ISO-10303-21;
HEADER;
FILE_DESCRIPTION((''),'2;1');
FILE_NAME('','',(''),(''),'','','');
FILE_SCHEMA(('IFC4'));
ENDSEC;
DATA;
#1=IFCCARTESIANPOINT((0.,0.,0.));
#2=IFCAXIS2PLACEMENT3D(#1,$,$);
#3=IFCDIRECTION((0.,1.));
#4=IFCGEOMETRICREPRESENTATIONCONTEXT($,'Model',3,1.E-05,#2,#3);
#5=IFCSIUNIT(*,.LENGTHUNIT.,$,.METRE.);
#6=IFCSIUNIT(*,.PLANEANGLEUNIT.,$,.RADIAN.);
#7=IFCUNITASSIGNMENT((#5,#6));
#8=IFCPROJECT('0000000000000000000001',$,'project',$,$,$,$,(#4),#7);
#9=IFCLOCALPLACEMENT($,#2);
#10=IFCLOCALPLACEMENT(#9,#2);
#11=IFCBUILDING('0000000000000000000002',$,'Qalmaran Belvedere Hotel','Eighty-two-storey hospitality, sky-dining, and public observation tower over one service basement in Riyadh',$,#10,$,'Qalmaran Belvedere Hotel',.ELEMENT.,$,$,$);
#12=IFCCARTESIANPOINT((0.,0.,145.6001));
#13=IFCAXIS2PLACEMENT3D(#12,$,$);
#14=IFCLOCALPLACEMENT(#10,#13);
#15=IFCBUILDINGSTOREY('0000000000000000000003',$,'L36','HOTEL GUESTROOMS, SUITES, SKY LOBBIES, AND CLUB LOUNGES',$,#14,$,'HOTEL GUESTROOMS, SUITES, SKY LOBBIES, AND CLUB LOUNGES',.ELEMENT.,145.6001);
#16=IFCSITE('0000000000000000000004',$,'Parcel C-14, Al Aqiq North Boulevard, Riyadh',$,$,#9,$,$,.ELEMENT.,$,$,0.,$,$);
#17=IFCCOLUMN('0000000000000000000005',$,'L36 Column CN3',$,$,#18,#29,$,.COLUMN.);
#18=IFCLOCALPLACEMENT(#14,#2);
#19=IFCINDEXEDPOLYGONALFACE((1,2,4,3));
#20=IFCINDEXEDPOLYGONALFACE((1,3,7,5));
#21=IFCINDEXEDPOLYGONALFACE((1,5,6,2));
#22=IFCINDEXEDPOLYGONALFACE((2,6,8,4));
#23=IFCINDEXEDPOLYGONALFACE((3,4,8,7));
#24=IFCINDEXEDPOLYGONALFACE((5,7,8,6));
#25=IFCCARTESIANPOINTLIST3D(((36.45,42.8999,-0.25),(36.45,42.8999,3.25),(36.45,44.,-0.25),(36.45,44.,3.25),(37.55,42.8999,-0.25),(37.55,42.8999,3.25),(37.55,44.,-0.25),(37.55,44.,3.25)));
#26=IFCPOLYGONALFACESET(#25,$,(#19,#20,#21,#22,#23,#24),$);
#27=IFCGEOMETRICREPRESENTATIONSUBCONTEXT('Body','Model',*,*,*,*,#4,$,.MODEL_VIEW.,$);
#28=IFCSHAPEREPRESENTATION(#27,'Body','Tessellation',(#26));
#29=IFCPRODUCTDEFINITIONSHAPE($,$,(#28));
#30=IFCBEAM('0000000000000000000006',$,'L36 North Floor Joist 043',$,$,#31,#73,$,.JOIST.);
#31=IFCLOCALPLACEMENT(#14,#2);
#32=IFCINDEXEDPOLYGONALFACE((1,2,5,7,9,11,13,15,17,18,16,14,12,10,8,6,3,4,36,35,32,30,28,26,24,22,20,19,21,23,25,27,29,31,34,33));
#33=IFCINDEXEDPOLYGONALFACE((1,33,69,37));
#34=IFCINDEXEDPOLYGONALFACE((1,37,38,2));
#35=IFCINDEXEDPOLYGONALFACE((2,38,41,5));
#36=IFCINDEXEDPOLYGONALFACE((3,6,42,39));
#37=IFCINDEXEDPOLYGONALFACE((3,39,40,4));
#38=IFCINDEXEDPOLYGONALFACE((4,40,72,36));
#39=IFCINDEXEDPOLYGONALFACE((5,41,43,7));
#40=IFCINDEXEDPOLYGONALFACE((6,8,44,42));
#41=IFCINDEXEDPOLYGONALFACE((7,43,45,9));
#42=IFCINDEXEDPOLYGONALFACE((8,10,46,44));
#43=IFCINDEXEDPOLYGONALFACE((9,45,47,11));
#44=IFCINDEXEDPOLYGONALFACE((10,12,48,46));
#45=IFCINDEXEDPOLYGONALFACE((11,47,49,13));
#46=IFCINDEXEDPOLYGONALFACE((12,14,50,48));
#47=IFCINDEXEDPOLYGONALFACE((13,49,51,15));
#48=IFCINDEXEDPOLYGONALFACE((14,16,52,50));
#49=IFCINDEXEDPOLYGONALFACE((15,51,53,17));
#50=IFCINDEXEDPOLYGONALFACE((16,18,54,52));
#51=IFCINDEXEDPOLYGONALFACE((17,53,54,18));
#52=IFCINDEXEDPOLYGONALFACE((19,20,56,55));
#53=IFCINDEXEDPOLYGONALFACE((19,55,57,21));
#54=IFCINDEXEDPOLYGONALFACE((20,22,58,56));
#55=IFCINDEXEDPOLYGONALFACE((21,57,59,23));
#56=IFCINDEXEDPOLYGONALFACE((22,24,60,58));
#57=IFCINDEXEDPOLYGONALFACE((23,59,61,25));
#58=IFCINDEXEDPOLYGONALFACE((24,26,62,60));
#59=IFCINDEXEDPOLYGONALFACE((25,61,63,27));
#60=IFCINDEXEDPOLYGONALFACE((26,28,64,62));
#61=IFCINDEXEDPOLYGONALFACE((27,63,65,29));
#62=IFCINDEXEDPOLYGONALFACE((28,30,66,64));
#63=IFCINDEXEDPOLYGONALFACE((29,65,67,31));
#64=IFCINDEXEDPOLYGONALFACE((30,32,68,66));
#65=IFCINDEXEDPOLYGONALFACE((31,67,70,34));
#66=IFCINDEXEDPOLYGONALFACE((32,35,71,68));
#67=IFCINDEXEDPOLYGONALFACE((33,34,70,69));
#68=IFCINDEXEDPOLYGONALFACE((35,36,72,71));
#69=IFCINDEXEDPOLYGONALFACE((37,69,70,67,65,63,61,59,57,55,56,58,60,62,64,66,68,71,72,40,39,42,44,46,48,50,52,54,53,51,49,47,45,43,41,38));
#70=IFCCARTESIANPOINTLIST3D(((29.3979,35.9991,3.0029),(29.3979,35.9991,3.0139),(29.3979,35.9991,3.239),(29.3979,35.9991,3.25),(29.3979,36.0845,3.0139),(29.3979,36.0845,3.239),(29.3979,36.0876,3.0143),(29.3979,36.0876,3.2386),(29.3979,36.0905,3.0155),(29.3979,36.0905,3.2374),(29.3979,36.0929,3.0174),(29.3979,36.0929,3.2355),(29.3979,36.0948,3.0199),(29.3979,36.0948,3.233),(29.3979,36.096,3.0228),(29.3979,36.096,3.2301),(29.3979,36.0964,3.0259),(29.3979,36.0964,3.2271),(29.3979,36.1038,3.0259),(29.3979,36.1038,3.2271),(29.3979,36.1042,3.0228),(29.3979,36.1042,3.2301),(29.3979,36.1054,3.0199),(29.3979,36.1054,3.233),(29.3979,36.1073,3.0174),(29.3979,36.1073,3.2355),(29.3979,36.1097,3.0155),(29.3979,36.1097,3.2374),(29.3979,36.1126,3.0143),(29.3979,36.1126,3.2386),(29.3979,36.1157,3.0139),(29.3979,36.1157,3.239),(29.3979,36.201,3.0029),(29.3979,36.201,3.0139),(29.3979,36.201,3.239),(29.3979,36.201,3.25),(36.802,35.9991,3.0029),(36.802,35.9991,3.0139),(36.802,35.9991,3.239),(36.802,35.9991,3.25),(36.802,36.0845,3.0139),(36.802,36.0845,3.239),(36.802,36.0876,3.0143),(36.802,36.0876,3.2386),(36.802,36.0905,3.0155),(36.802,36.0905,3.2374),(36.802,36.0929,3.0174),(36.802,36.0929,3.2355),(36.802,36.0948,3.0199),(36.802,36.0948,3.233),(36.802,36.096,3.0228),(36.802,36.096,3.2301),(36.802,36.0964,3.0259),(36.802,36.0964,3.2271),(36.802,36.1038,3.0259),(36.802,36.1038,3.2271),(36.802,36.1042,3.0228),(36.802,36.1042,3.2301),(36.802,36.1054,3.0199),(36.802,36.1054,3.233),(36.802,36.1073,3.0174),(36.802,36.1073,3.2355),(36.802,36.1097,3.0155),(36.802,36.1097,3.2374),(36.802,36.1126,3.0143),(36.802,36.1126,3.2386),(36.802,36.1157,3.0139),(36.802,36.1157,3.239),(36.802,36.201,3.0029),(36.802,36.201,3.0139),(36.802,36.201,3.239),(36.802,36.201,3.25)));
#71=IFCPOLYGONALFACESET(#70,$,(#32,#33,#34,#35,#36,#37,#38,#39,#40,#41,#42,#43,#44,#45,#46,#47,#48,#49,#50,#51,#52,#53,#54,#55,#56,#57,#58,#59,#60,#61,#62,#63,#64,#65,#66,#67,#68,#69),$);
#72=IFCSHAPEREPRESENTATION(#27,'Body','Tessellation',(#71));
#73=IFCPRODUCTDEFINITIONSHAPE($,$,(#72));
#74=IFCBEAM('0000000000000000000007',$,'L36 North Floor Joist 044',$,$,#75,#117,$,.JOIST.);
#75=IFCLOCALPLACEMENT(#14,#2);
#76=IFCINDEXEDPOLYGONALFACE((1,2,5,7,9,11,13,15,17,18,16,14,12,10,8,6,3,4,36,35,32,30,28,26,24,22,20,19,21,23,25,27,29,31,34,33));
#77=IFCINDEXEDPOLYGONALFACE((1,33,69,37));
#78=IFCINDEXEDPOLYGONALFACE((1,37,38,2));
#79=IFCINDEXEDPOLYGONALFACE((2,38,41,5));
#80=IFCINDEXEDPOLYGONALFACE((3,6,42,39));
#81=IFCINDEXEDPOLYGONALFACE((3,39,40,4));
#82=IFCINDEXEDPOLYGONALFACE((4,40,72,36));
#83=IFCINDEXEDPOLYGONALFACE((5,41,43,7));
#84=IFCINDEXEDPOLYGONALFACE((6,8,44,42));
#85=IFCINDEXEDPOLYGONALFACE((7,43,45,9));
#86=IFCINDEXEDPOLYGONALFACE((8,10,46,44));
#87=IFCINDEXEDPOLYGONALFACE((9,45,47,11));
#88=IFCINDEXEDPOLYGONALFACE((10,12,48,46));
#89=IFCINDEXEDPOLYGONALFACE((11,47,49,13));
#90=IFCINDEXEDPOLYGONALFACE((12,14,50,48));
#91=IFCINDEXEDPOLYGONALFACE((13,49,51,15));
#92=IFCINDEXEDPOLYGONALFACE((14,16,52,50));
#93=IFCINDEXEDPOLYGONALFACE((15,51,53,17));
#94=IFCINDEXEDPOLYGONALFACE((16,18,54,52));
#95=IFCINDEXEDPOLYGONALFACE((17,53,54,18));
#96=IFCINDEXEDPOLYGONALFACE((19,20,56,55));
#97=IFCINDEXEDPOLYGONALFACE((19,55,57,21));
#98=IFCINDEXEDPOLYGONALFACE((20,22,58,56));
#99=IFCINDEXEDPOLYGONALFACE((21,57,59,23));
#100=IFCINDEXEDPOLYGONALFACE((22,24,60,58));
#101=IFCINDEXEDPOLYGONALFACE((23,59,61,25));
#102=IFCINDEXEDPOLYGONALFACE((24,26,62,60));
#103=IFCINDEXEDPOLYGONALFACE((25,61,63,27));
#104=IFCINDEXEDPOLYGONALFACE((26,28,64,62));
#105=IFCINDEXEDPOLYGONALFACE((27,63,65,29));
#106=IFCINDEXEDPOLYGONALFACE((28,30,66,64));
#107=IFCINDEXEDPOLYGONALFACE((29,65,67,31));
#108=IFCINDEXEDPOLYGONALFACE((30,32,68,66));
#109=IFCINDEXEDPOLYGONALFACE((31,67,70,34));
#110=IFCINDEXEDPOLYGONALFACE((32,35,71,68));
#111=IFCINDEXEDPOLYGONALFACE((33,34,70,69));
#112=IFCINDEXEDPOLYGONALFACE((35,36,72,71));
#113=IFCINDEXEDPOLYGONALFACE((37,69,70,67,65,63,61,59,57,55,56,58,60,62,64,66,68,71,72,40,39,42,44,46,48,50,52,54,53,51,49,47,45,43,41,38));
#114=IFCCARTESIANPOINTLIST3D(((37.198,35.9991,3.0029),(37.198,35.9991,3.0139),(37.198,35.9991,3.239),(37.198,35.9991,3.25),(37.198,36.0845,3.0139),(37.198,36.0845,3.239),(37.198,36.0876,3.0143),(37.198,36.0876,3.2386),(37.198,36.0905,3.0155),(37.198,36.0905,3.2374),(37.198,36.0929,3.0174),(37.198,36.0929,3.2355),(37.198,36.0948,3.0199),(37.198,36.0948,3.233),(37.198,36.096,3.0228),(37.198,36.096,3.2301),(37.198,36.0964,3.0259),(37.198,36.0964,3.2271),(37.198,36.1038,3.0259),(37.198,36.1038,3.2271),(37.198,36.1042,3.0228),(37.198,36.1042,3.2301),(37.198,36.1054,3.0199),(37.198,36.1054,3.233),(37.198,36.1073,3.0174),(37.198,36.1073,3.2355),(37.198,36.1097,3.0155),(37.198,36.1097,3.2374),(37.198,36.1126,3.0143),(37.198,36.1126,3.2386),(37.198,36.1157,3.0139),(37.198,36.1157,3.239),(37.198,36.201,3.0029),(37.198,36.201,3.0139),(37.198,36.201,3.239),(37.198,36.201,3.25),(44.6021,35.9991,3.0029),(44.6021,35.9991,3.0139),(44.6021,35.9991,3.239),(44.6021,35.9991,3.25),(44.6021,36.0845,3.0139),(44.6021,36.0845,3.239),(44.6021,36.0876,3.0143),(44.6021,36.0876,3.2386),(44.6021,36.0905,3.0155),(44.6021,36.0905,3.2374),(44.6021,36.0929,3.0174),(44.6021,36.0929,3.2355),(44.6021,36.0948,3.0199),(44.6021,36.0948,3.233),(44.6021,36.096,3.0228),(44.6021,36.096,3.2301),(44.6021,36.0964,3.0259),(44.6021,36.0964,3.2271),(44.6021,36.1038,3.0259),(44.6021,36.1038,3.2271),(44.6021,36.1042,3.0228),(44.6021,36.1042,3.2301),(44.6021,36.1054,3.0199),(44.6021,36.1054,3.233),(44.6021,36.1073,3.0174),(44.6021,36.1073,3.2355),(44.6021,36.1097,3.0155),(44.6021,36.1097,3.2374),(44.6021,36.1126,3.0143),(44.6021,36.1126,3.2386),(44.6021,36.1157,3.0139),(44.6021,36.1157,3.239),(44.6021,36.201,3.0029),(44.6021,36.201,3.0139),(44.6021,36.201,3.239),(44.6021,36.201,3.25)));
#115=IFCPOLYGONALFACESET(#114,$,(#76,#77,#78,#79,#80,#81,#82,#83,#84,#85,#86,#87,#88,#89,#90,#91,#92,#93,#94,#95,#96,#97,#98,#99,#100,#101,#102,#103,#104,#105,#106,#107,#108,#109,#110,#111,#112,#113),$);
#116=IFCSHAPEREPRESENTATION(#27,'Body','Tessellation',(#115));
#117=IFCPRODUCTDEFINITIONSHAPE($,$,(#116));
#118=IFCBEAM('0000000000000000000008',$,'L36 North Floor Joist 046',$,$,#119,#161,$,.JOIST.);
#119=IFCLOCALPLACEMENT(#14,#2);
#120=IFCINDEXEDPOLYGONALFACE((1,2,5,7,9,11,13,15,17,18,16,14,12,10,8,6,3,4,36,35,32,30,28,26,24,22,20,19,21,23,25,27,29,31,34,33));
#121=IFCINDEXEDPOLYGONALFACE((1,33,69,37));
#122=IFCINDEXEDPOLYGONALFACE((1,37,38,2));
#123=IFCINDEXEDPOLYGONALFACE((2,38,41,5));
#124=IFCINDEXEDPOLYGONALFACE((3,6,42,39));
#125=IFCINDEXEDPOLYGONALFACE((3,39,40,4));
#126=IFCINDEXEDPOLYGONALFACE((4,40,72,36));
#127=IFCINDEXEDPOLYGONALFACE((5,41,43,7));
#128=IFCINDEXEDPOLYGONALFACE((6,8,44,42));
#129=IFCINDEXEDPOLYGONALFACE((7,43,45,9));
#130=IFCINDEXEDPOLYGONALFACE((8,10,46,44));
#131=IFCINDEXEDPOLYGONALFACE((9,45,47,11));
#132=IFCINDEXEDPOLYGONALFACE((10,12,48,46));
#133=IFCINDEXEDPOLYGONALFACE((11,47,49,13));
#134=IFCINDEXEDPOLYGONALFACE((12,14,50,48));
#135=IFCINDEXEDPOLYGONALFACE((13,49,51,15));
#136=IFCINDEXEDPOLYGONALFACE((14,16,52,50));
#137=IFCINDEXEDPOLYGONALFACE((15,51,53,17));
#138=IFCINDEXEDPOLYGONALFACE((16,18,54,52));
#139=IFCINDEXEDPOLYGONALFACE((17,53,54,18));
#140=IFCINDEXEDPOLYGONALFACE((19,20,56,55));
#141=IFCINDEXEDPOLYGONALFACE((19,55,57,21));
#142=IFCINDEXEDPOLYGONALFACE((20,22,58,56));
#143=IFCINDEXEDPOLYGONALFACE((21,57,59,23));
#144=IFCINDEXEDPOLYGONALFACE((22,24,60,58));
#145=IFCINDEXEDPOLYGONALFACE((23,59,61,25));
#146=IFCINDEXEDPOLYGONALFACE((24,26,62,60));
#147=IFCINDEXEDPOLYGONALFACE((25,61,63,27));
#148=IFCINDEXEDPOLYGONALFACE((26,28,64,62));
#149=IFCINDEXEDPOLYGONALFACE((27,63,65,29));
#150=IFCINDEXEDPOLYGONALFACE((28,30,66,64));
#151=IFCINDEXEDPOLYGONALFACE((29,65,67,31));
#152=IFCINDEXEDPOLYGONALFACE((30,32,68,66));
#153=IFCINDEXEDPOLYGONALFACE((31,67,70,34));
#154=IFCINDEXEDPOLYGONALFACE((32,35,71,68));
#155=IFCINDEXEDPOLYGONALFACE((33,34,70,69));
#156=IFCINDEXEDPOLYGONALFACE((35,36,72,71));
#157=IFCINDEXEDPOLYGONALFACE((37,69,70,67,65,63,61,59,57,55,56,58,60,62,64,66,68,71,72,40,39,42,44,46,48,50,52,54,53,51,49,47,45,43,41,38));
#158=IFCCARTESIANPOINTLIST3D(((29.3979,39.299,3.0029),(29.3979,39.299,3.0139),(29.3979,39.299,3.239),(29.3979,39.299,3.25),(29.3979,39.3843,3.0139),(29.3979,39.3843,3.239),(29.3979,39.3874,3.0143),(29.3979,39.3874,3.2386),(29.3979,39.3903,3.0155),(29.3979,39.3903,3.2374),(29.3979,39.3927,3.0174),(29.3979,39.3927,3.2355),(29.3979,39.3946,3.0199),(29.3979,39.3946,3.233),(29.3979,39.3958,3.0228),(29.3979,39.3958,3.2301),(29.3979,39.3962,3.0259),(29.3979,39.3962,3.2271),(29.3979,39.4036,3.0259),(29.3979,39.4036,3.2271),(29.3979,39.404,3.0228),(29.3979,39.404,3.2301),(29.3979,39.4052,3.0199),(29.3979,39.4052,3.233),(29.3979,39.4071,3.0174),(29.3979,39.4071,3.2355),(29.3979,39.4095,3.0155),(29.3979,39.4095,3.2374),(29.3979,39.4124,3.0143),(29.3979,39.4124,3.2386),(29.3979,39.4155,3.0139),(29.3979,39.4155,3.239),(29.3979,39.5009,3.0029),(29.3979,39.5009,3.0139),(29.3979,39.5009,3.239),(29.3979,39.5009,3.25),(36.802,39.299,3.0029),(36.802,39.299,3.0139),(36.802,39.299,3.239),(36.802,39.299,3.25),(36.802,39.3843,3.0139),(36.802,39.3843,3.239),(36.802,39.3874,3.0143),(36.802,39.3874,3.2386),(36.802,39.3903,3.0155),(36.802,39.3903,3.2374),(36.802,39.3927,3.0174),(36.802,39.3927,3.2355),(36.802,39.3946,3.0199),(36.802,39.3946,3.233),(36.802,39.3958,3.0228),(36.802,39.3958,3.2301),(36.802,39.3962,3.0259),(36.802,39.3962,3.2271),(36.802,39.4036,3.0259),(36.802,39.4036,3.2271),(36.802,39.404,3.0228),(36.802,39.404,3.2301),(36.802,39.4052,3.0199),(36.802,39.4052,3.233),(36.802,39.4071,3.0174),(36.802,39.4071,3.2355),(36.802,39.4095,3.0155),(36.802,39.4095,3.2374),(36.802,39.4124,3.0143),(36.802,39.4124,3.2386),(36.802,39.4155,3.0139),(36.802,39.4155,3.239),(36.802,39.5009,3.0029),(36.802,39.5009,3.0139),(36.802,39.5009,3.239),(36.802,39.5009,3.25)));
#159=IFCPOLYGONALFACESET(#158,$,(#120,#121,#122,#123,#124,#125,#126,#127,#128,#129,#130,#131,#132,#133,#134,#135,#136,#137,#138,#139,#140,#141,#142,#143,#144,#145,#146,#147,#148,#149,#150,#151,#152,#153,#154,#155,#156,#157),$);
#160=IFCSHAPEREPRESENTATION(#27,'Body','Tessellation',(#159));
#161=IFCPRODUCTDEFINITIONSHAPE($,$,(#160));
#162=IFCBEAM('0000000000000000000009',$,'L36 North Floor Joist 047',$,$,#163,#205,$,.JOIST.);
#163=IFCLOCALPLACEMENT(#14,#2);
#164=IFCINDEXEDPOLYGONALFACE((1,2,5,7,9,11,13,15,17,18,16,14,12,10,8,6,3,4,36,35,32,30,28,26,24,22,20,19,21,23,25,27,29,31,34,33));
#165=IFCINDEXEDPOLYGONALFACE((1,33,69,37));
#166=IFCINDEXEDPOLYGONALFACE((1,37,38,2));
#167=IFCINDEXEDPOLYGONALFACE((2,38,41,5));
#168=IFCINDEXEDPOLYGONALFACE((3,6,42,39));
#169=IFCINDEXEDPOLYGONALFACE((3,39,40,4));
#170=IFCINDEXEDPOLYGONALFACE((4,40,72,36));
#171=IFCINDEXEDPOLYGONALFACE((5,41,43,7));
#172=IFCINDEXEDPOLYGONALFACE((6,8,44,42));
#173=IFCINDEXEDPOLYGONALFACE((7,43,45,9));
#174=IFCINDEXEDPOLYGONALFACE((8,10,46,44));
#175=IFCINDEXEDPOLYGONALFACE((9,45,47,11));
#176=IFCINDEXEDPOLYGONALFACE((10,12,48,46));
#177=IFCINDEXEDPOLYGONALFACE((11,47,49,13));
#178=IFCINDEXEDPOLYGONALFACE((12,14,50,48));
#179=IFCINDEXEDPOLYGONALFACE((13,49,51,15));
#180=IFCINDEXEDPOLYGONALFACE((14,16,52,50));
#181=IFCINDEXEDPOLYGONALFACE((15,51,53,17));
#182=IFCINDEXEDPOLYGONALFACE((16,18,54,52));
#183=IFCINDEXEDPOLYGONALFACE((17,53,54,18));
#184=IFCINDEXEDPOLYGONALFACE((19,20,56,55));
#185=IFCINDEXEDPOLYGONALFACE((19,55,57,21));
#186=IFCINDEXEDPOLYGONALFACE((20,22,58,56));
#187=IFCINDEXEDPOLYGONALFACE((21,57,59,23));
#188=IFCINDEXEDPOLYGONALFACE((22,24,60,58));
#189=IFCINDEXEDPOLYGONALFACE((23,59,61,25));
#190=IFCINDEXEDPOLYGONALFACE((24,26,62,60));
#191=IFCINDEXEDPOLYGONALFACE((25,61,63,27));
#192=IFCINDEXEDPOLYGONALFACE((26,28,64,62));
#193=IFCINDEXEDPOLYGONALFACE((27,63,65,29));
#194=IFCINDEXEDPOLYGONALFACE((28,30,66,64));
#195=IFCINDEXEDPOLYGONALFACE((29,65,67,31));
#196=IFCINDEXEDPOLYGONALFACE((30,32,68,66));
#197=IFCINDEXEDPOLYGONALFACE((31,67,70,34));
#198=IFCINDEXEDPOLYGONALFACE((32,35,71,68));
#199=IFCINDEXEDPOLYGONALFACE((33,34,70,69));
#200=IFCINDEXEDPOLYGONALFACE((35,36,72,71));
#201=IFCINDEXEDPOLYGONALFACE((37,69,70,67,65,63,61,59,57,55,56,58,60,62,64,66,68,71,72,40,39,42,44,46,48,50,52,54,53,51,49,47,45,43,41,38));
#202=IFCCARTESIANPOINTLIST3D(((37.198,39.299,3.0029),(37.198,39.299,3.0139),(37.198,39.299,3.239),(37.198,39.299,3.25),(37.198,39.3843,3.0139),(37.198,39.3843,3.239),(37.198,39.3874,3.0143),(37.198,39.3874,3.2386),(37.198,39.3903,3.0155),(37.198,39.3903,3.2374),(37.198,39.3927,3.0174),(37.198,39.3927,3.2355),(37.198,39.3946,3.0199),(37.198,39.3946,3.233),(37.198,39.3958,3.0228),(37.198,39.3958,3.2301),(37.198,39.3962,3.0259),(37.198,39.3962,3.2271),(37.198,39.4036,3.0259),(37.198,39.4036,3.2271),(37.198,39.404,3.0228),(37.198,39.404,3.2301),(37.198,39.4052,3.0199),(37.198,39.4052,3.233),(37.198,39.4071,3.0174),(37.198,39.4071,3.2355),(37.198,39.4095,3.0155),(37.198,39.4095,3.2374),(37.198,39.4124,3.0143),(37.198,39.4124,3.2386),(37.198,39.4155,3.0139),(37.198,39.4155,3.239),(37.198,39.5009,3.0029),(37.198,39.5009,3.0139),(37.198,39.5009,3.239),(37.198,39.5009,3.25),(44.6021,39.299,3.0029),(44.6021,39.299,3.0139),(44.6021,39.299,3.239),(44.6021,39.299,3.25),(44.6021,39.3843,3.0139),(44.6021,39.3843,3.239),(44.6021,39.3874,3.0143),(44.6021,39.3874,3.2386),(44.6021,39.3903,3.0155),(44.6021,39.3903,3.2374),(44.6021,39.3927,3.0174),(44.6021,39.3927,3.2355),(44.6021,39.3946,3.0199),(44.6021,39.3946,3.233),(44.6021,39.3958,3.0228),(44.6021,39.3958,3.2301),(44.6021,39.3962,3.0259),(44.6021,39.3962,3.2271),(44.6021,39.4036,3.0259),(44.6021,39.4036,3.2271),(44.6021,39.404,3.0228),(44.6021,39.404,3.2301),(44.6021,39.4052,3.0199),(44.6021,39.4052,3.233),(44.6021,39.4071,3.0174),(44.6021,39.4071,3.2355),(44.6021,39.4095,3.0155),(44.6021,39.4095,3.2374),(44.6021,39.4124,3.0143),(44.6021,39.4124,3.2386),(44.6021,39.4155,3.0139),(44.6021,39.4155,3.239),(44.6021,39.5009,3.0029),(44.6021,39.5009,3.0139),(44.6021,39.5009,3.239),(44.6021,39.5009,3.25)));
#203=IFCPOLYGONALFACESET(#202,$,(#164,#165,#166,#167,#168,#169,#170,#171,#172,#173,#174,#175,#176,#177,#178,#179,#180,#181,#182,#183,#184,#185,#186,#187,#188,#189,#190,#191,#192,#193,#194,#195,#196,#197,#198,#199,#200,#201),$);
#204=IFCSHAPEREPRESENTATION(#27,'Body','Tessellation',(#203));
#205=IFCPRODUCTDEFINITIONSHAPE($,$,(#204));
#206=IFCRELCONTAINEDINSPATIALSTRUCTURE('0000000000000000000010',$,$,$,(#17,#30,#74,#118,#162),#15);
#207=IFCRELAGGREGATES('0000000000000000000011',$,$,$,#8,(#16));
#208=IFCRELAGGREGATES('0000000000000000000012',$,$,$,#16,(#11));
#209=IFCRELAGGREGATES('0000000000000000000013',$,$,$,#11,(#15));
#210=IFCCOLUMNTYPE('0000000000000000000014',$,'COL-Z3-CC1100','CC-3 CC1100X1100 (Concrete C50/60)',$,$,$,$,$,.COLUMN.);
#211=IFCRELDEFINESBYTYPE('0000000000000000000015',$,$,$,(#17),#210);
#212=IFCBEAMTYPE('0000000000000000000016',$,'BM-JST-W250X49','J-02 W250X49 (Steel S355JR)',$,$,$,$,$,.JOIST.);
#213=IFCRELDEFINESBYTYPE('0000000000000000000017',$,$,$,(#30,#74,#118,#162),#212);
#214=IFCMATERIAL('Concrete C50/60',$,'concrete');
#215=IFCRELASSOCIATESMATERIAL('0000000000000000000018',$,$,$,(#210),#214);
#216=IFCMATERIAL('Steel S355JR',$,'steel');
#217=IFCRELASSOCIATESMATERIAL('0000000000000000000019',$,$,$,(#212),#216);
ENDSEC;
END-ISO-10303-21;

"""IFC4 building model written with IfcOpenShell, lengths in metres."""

from ifc_helpers import new_model, si_unit, direction, frame, origin, origin_2d, place, context, subcontext, project, spatial, rectangle, i_section, extrude, material, material_profile, profile_set, type_object, element, save


model = new_model("IFC4")

# Units and contexts
model_context = context("Model", 3, precision=1e-05, world=origin(), true_north=direction((0.0, 1.0)))
body_context = subcontext(model_context, "Body", "Model", "MODEL_VIEW")
ifc_project = project(units=[si_unit("LENGTHUNIT", "METRE"), si_unit("PLANEANGLEUNIT", "RADIAN")], contexts=[model_context])

# Site, building, storey
site_placement = place(None, origin())
site = spatial("IfcSite", under=ifc_project, at=site_placement, Name="Parcel C-14, Al Aqiq North Boulevard, Riyadh", CompositionType="ELEMENT", RefElevation=0.0)
building_placement = place(site_placement, origin())
building = spatial("IfcBuilding", under=site, at=building_placement, Name="Qalmaran Belvedere Hotel", Description="Eighty-two-storey hospitality, sky-dining, and public observation tower over one service basement in Riyadh", LongName="Qalmaran Belvedere Hotel", CompositionType="ELEMENT")
storey_placement = place(building_placement, frame((0.0, 0.0, 145.6001)))
storey = spatial("IfcBuildingStorey", under=building, at=storey_placement, Name="L36", Description="HOTEL GUESTROOMS, SUITES, SKY LOBBIES, AND CLUB LOUNGES", LongName="HOTEL GUESTROOMS, SUITES, SKY LOBBIES, AND CLUB LOUNGES", CompositionType="ELEMENT", Elevation=145.6001)

# Column
ifc_material_1 = material(Name="Concrete C50/60", Category="concrete")
ifc_material_profile_1 = material_profile(ifc_material_1, rectangle(XDim=1.1001, YDim=1.1001, at=origin_2d()), Name="CC1100X1100")
ifc_profile_set_1 = profile_set([ifc_material_profile_1], Name="Concrete C50/60")
column_type = type_object("IfcColumnType", Name="COL-Z3-CC1100", Description="CC-3 CC1100X1100 (Concrete C50/60)", PredefinedType="COLUMN", material=ifc_profile_set_1)
column_placement = place(storey_placement, frame((37.0, 43.45, -0.25), z_axis=(0.0, 0.0, 1.0), x_axis=(1.0, 0.0, 0.0)))
element("IfcColumn", 1, at=column_placement, inside=storey, type_object=column_type, Name="L36 Column CN3", PredefinedType="COLUMN", context=body_context, shape_type="SweptSolid", body=[
    extrude(rectangle(XDim=1.1001, YDim=1.1001, at=origin_2d()), origin(), (0.0, 0.0, 1.0), 3.5),
])

# Beams
ifc_material_2 = material(Name="Steel S355JR", Category="steel")
ifc_material_profile_2 = material_profile(ifc_material_2, i_section(OverallWidth=0.2019, OverallDepth=0.2471, WebThickness=0.0073, FlangeThickness=0.011, FilletRadius=0.012, at=origin_2d()), Name="W250X49")
ifc_profile_set_2 = profile_set([ifc_material_profile_2], Name="Steel S355JR")
beam_type_1 = type_object("IfcBeamType", Name="BM-JST-W250X49", Description="J-02 W250X49 (Steel S355JR)", PredefinedType="JOIST", material=ifc_profile_set_2)
for number, where, z_axis, x_axis, name in (
    (2, (29.3979, 36.1001, 3.1265), (1.0, 0.0, 0.0), (0.0, 1.0, 0.0), "L36 North Floor Joist 043"),
    (3, (37.198, 36.1001, 3.1265), (1.0, 0.0, 0.0), (0.0, 1.0, 0.0), "L36 North Floor Joist 044"),
    (4, (29.3979, 39.3999, 3.1265), (1.0, 0.0, 0.0), (0.0, 1.0, 0.0), "L36 North Floor Joist 046"),
    (5, (37.198, 39.3999, 3.1265), (1.0, 0.0, 0.0), (0.0, 1.0, 0.0), "L36 North Floor Joist 047"),
):
    element("IfcBeam", number, at=place(storey_placement, frame(where, z_axis=z_axis, x_axis=x_axis)), inside=storey, type_object=beam_type_1, Name=name, PredefinedType="JOIST", context=body_context, shape_type="SweptSolid", body=[
        extrude(i_section(OverallWidth=0.2019, OverallDepth=0.2471, WebThickness=0.0073, FlangeThickness=0.011, FilletRadius=0.012, at=origin_2d()), origin(), (0.0, 0.0, 1.0), 7.4041),
    ])

save(model, "model.ifc")
